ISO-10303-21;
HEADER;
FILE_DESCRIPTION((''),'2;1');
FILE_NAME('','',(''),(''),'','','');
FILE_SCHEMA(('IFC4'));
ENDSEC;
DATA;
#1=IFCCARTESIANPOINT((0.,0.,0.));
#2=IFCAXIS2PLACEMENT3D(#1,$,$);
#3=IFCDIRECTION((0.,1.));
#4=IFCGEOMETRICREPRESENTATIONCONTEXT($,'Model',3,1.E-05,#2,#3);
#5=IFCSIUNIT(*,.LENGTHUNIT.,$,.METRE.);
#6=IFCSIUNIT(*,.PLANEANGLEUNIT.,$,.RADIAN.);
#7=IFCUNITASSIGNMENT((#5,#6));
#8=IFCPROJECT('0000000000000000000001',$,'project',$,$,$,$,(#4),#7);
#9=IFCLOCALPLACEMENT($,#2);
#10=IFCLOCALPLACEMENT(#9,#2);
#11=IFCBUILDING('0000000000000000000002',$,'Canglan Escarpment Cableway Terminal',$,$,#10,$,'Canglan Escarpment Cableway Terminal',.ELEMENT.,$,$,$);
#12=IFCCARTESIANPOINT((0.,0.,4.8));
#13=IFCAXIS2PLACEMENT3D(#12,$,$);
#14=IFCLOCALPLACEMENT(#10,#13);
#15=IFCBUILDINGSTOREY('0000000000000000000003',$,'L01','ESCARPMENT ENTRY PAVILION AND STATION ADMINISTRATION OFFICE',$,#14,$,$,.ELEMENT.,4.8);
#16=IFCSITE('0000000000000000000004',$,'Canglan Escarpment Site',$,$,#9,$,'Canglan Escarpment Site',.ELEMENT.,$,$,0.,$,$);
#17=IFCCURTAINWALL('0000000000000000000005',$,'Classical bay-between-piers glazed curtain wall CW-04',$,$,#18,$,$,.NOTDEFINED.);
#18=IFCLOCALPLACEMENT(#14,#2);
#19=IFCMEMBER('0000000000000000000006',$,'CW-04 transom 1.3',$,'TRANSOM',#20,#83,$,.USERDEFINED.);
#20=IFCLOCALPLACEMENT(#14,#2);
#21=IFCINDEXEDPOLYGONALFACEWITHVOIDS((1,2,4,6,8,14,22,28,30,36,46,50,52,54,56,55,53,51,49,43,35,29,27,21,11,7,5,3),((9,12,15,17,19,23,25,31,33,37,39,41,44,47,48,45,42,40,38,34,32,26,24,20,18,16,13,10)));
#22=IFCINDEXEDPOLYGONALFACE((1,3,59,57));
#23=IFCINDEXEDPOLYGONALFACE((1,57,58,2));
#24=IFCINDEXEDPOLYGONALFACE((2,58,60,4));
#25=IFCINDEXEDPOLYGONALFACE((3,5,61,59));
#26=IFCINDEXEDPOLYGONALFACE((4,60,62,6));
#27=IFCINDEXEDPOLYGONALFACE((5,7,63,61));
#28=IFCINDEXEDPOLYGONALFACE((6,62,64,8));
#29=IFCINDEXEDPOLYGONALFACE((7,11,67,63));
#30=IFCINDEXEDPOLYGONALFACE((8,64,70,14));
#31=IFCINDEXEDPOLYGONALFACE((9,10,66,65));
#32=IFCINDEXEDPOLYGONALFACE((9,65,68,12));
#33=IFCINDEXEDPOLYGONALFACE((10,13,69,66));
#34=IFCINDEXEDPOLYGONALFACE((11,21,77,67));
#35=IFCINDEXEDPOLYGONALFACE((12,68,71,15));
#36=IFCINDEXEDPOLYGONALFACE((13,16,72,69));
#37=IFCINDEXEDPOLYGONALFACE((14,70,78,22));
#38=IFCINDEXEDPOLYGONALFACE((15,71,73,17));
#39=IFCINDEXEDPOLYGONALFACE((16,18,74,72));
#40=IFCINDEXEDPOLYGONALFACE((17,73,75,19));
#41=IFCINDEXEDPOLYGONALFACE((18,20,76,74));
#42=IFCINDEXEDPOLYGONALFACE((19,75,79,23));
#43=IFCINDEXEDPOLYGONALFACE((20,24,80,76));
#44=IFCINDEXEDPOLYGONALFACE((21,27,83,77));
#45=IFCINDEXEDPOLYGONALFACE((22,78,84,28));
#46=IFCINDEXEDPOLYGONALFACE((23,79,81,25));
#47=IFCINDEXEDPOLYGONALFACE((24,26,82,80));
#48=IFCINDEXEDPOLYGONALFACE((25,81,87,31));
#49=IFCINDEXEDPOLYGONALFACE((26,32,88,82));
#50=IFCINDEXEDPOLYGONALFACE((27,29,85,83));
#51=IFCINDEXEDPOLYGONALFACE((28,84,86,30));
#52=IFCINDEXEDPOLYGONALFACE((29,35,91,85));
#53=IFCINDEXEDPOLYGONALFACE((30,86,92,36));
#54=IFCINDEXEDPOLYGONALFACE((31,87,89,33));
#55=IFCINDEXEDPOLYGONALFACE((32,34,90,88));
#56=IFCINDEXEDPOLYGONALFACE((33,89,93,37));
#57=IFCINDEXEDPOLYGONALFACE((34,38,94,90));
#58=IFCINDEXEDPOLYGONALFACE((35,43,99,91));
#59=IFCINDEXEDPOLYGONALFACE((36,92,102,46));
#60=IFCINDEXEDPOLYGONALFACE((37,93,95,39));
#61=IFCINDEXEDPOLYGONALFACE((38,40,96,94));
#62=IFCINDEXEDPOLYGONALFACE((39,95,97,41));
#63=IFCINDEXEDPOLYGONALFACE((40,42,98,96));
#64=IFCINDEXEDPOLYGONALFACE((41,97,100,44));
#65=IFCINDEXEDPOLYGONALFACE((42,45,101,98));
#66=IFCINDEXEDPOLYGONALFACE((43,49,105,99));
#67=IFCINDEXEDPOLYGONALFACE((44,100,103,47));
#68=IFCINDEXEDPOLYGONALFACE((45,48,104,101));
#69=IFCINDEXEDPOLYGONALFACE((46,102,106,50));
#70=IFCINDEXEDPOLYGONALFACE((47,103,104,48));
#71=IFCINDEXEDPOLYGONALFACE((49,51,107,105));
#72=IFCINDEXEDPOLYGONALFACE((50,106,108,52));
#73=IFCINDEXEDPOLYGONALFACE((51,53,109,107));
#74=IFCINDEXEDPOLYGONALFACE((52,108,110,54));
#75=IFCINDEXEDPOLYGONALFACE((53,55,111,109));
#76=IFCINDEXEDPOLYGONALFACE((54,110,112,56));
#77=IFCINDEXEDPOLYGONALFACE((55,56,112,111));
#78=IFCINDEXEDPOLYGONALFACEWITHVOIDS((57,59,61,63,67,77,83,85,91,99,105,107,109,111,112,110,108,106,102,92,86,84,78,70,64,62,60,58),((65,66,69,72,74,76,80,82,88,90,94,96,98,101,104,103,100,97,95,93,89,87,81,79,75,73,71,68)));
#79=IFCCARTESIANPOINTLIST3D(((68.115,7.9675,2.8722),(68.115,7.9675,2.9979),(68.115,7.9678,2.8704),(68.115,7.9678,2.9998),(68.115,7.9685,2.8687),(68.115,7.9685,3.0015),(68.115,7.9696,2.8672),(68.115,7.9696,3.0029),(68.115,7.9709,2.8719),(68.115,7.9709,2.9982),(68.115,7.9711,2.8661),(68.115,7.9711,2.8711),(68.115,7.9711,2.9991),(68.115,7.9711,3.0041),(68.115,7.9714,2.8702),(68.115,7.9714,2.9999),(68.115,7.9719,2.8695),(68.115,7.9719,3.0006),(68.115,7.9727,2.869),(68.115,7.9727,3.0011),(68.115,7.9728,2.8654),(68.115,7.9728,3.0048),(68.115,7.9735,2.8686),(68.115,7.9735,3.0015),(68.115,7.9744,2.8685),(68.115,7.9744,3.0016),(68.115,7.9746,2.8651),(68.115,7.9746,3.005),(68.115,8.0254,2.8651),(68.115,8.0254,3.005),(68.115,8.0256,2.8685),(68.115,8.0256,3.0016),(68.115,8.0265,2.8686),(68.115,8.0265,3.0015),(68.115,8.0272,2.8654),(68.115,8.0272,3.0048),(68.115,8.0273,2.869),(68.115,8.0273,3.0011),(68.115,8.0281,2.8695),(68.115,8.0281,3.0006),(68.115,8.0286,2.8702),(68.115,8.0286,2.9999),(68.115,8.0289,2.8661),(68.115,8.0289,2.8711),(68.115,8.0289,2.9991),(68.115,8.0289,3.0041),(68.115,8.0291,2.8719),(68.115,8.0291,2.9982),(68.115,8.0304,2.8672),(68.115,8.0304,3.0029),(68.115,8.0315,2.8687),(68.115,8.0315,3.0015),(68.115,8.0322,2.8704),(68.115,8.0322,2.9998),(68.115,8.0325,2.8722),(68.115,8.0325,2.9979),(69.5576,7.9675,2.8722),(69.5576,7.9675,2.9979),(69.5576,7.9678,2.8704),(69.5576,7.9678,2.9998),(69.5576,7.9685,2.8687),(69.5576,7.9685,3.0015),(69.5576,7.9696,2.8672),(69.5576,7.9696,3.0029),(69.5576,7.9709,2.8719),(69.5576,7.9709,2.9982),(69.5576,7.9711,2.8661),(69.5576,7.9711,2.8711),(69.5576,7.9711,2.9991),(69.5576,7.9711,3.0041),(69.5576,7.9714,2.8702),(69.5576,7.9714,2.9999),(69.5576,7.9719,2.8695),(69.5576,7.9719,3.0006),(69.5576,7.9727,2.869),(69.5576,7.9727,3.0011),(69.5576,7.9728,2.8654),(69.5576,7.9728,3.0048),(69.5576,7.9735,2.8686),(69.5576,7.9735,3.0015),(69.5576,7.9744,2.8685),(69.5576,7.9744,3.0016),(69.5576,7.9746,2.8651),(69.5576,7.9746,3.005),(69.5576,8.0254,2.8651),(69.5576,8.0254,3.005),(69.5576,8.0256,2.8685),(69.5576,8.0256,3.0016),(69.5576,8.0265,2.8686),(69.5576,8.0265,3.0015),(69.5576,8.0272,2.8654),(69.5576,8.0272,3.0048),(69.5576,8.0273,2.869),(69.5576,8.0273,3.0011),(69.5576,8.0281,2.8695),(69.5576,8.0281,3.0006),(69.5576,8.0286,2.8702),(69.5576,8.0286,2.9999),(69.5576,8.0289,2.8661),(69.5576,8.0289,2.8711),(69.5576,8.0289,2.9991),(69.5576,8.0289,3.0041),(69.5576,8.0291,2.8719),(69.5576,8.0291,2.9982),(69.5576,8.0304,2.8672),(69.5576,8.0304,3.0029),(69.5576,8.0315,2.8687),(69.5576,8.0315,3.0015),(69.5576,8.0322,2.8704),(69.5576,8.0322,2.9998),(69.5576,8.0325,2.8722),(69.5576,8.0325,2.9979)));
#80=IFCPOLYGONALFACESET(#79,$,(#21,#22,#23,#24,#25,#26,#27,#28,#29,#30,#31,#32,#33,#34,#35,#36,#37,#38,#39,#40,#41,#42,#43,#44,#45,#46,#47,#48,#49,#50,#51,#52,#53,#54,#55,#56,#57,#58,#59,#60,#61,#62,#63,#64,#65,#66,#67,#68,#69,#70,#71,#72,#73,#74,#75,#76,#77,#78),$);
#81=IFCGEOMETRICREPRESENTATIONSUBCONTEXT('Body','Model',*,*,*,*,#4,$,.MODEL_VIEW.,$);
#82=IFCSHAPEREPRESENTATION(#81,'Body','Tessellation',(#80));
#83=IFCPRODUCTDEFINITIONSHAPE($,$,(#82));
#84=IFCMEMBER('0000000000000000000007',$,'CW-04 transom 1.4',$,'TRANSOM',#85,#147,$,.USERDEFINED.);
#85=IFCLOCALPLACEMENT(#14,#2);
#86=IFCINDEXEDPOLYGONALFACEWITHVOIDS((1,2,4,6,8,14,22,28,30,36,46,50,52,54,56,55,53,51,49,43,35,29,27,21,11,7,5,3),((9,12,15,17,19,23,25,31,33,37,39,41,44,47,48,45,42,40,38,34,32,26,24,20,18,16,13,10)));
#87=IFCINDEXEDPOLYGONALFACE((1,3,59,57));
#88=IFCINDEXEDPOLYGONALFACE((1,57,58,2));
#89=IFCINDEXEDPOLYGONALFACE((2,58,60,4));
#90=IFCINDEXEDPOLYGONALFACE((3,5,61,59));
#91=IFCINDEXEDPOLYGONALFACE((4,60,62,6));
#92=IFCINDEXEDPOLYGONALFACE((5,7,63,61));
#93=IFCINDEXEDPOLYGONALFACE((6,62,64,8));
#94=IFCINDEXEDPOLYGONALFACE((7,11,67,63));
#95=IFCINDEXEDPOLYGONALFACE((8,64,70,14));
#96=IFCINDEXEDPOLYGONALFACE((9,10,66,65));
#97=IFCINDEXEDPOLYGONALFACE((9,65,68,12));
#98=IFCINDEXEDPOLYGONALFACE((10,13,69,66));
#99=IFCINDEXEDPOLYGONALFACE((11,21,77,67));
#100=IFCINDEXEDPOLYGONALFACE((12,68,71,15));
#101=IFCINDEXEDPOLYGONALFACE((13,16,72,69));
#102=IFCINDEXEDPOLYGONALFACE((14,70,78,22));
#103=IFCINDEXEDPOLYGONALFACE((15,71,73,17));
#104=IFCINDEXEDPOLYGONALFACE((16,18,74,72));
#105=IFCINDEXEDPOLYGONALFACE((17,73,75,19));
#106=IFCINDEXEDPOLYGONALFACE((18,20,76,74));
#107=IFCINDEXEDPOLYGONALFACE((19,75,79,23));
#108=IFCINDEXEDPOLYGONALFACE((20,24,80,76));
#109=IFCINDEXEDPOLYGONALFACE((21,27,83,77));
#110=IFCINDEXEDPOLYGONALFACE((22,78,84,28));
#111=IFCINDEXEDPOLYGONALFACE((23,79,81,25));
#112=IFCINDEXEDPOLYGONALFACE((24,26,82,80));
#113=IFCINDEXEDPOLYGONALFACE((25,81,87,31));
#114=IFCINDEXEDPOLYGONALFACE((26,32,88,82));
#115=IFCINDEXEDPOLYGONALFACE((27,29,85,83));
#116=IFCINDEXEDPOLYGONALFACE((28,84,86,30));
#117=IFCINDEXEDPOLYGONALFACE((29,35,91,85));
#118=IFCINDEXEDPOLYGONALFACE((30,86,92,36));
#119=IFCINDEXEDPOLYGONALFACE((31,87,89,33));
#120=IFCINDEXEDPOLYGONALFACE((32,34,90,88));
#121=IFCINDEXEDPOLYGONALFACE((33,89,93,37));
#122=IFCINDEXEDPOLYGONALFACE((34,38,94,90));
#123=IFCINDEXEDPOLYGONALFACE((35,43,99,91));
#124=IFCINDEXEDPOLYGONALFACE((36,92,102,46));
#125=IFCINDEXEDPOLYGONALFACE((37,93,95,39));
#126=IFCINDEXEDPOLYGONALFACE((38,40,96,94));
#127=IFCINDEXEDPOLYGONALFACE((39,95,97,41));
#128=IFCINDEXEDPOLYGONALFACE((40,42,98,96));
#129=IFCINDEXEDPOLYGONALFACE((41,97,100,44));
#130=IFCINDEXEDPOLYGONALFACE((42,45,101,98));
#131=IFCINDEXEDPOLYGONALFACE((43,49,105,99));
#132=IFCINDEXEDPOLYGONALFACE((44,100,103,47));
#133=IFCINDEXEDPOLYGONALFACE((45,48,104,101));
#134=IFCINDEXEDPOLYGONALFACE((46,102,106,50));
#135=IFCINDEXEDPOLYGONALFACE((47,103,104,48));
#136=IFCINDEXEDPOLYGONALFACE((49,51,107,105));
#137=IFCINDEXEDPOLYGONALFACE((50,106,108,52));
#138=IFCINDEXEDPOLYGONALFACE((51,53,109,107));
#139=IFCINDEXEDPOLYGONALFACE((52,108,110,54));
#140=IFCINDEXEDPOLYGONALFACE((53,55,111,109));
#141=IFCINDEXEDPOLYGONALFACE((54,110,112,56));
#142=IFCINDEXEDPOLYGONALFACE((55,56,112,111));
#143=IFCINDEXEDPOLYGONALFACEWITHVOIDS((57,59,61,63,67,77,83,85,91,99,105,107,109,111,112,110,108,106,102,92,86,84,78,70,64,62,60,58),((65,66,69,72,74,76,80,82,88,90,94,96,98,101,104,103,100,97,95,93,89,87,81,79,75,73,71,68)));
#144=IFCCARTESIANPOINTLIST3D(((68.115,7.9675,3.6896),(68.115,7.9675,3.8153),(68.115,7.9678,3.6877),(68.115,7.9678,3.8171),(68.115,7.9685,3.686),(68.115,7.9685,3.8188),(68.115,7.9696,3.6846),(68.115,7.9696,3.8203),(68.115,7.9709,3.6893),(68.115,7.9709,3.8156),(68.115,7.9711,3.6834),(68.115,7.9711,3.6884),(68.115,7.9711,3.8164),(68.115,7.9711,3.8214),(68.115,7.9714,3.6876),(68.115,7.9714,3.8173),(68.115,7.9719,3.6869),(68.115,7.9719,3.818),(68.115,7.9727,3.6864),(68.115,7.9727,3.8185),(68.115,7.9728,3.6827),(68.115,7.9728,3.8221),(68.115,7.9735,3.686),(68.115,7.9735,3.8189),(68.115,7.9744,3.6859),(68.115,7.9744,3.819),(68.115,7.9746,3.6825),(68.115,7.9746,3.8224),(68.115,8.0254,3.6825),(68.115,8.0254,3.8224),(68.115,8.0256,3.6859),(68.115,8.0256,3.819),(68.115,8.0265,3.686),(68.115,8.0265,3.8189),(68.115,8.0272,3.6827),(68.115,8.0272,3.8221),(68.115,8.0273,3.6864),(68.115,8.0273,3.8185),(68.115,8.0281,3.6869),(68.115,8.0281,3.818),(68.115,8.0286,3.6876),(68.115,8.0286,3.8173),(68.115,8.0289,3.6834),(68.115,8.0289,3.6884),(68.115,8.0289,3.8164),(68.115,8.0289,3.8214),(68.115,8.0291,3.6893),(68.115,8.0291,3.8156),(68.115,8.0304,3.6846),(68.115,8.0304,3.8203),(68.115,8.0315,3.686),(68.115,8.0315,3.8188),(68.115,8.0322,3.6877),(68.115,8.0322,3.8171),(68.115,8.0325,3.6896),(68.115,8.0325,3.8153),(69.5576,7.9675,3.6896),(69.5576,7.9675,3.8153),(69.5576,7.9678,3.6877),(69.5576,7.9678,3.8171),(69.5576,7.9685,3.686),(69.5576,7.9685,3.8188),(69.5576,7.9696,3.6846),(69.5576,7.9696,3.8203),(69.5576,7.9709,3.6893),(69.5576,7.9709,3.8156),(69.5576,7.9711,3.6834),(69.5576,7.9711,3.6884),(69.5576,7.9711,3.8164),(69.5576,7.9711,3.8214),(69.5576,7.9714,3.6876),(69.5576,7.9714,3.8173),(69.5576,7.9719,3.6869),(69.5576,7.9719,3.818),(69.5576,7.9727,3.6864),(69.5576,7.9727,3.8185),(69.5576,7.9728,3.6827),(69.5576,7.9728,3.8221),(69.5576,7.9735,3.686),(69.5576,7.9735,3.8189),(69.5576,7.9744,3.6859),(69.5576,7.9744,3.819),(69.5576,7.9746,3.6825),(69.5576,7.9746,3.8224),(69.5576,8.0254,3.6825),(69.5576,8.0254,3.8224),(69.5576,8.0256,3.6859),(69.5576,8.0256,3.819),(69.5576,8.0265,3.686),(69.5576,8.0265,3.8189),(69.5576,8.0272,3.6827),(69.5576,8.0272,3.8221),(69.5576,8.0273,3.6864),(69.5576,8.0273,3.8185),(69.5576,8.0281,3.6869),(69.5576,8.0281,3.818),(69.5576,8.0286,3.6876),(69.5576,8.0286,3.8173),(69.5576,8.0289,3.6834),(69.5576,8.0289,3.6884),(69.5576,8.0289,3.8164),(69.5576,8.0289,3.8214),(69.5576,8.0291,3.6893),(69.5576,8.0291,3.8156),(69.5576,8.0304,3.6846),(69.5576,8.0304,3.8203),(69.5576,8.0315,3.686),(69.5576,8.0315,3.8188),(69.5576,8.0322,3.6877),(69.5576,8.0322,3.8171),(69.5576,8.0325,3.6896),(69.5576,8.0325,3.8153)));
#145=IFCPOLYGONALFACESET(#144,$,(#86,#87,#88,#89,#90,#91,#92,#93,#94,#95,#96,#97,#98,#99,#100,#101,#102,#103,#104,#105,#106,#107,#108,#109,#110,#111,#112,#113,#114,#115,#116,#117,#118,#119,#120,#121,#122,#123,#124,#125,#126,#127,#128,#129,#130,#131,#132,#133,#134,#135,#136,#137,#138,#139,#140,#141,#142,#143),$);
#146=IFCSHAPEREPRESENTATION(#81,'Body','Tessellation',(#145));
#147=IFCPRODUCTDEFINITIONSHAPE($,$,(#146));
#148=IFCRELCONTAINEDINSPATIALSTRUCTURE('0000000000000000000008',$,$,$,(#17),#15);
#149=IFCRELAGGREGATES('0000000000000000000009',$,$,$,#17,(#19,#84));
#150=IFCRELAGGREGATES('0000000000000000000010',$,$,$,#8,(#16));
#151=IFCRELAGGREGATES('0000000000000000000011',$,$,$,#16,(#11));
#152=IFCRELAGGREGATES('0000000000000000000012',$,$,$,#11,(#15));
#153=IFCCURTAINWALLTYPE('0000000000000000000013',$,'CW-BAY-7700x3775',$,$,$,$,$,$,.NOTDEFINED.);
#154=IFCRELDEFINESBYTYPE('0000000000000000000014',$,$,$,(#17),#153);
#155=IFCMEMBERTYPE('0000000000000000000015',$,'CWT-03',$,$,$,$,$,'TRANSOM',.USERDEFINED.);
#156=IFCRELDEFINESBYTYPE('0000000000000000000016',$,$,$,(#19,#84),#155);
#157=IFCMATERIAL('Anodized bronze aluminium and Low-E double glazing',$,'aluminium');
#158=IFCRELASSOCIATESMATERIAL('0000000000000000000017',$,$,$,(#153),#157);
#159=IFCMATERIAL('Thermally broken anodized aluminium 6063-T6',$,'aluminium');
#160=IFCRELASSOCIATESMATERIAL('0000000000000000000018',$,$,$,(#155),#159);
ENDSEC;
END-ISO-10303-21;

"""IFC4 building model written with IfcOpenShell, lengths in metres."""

from ifc_helpers import new_model, si_unit, direction, frame, origin, origin_2d, place, context, subcontext, project, spatial, hollow_rectangle, extrude, material, material_profile, profile_set, type_object, element, aggregate, save


model = new_model("IFC4")

# Units and contexts
model_context = context("Model", 3, precision=1e-05, world=origin(), true_north=direction((0.0, 1.0)))
body_context = subcontext(model_context, "Body", "Model", "MODEL_VIEW")
ifc_project = project(units=[si_unit("LENGTHUNIT", "METRE"), si_unit("PLANEANGLEUNIT", "RADIAN")], contexts=[model_context])

# Site, building, storey
site_placement = place(None, origin())
site = spatial("IfcSite", under=ifc_project, at=site_placement, Name="Canglan Escarpment Site", LongName="Canglan Escarpment Site", CompositionType="ELEMENT", RefElevation=0.0)
building_placement = place(site_placement, origin())
building = spatial("IfcBuilding", under=site, at=building_placement, Name="Canglan Escarpment Cableway Terminal", LongName="Canglan Escarpment Cableway Terminal", CompositionType="ELEMENT")
storey_placement = place(building_placement, frame((0.0, 0.0, 4.8)))
storey = spatial("IfcBuildingStorey", under=building, at=storey_placement, Name="L01", Description="ESCARPMENT ENTRY PAVILION AND STATION ADMINISTRATION OFFICE", CompositionType="ELEMENT", Elevation=4.8)

# Curtain wall, members
ifc_material_1 = material(Name="Anodized bronze aluminium and Low-E double glazing", Category="aluminium")
curtain_wall_type = type_object("IfcCurtainWallType", Name="CW-BAY-7700x3775", PredefinedType="NOTDEFINED", material=ifc_material_1)
curtain_wall_placement = place(storey_placement, origin())
curtain_wall = element("IfcCurtainWall", 1, at=curtain_wall_placement, inside=storey, type_object=curtain_wall_type, Name="Classical bay-between-piers glazed curtain wall CW-04", PredefinedType="NOTDEFINED")
ifc_material_2 = material(Name="Thermally broken anodized aluminium 6063-T6", Category="aluminium")
ifc_material_profile_1 = material_profile(ifc_material_2, hollow_rectangle(XDim=0.0649, YDim=0.1399, WallThickness=0.0034, InnerFilletRadius=0.0034, OuterFilletRadius=0.0071, at=origin_2d()), Name="ALU-TRAN 65x140x3.5")
ifc_profile_set_1 = profile_set([ifc_material_profile_1], Name="Thermally broken anodized aluminium 6063-T6")
member_type_1 = type_object("IfcMemberType", Name="CWT-03", ElementType="TRANSOM", PredefinedType="USERDEFINED", material=ifc_profile_set_1)
member_1_placement = place(storey_placement, frame((68.115, 8.0, 2.9351), z_axis=(1.0, 0.0, 0.0), x_axis=(0.0, 1.0, 0.0)))
member_1 = element("IfcMember", 2, at=member_1_placement, type_object=member_type_1, Name="CW-04 transom 1.3", ObjectType="TRANSOM", PredefinedType="USERDEFINED", context=body_context, shape_type="SweptSolid", body=[
    extrude(hollow_rectangle(XDim=0.0649, YDim=0.1399, WallThickness=0.0034, InnerFilletRadius=0.0034, OuterFilletRadius=0.0071, at=origin_2d()), origin(), (0.0, 0.0, 1.0), 1.4426),
])
member_2_placement = place(storey_placement, frame((68.115, 8.0, 3.7524), z_axis=(1.0, 0.0, 0.0), x_axis=(0.0, 1.0, 0.0)))
member_2 = element("IfcMember", 3, at=member_2_placement, type_object=member_type_1, Name="CW-04 transom 1.4", ObjectType="TRANSOM", PredefinedType="USERDEFINED", context=body_context, shape_type="SweptSolid", body=[
    extrude(hollow_rectangle(XDim=0.0649, YDim=0.1399, WallThickness=0.0034, InnerFilletRadius=0.0034, OuterFilletRadius=0.0071, at=origin_2d()), origin(), (0.0, 0.0, 1.0), 1.4426),
])

aggregate(curtain_wall, [member_1, member_2])

save(model, "model.ifc")
